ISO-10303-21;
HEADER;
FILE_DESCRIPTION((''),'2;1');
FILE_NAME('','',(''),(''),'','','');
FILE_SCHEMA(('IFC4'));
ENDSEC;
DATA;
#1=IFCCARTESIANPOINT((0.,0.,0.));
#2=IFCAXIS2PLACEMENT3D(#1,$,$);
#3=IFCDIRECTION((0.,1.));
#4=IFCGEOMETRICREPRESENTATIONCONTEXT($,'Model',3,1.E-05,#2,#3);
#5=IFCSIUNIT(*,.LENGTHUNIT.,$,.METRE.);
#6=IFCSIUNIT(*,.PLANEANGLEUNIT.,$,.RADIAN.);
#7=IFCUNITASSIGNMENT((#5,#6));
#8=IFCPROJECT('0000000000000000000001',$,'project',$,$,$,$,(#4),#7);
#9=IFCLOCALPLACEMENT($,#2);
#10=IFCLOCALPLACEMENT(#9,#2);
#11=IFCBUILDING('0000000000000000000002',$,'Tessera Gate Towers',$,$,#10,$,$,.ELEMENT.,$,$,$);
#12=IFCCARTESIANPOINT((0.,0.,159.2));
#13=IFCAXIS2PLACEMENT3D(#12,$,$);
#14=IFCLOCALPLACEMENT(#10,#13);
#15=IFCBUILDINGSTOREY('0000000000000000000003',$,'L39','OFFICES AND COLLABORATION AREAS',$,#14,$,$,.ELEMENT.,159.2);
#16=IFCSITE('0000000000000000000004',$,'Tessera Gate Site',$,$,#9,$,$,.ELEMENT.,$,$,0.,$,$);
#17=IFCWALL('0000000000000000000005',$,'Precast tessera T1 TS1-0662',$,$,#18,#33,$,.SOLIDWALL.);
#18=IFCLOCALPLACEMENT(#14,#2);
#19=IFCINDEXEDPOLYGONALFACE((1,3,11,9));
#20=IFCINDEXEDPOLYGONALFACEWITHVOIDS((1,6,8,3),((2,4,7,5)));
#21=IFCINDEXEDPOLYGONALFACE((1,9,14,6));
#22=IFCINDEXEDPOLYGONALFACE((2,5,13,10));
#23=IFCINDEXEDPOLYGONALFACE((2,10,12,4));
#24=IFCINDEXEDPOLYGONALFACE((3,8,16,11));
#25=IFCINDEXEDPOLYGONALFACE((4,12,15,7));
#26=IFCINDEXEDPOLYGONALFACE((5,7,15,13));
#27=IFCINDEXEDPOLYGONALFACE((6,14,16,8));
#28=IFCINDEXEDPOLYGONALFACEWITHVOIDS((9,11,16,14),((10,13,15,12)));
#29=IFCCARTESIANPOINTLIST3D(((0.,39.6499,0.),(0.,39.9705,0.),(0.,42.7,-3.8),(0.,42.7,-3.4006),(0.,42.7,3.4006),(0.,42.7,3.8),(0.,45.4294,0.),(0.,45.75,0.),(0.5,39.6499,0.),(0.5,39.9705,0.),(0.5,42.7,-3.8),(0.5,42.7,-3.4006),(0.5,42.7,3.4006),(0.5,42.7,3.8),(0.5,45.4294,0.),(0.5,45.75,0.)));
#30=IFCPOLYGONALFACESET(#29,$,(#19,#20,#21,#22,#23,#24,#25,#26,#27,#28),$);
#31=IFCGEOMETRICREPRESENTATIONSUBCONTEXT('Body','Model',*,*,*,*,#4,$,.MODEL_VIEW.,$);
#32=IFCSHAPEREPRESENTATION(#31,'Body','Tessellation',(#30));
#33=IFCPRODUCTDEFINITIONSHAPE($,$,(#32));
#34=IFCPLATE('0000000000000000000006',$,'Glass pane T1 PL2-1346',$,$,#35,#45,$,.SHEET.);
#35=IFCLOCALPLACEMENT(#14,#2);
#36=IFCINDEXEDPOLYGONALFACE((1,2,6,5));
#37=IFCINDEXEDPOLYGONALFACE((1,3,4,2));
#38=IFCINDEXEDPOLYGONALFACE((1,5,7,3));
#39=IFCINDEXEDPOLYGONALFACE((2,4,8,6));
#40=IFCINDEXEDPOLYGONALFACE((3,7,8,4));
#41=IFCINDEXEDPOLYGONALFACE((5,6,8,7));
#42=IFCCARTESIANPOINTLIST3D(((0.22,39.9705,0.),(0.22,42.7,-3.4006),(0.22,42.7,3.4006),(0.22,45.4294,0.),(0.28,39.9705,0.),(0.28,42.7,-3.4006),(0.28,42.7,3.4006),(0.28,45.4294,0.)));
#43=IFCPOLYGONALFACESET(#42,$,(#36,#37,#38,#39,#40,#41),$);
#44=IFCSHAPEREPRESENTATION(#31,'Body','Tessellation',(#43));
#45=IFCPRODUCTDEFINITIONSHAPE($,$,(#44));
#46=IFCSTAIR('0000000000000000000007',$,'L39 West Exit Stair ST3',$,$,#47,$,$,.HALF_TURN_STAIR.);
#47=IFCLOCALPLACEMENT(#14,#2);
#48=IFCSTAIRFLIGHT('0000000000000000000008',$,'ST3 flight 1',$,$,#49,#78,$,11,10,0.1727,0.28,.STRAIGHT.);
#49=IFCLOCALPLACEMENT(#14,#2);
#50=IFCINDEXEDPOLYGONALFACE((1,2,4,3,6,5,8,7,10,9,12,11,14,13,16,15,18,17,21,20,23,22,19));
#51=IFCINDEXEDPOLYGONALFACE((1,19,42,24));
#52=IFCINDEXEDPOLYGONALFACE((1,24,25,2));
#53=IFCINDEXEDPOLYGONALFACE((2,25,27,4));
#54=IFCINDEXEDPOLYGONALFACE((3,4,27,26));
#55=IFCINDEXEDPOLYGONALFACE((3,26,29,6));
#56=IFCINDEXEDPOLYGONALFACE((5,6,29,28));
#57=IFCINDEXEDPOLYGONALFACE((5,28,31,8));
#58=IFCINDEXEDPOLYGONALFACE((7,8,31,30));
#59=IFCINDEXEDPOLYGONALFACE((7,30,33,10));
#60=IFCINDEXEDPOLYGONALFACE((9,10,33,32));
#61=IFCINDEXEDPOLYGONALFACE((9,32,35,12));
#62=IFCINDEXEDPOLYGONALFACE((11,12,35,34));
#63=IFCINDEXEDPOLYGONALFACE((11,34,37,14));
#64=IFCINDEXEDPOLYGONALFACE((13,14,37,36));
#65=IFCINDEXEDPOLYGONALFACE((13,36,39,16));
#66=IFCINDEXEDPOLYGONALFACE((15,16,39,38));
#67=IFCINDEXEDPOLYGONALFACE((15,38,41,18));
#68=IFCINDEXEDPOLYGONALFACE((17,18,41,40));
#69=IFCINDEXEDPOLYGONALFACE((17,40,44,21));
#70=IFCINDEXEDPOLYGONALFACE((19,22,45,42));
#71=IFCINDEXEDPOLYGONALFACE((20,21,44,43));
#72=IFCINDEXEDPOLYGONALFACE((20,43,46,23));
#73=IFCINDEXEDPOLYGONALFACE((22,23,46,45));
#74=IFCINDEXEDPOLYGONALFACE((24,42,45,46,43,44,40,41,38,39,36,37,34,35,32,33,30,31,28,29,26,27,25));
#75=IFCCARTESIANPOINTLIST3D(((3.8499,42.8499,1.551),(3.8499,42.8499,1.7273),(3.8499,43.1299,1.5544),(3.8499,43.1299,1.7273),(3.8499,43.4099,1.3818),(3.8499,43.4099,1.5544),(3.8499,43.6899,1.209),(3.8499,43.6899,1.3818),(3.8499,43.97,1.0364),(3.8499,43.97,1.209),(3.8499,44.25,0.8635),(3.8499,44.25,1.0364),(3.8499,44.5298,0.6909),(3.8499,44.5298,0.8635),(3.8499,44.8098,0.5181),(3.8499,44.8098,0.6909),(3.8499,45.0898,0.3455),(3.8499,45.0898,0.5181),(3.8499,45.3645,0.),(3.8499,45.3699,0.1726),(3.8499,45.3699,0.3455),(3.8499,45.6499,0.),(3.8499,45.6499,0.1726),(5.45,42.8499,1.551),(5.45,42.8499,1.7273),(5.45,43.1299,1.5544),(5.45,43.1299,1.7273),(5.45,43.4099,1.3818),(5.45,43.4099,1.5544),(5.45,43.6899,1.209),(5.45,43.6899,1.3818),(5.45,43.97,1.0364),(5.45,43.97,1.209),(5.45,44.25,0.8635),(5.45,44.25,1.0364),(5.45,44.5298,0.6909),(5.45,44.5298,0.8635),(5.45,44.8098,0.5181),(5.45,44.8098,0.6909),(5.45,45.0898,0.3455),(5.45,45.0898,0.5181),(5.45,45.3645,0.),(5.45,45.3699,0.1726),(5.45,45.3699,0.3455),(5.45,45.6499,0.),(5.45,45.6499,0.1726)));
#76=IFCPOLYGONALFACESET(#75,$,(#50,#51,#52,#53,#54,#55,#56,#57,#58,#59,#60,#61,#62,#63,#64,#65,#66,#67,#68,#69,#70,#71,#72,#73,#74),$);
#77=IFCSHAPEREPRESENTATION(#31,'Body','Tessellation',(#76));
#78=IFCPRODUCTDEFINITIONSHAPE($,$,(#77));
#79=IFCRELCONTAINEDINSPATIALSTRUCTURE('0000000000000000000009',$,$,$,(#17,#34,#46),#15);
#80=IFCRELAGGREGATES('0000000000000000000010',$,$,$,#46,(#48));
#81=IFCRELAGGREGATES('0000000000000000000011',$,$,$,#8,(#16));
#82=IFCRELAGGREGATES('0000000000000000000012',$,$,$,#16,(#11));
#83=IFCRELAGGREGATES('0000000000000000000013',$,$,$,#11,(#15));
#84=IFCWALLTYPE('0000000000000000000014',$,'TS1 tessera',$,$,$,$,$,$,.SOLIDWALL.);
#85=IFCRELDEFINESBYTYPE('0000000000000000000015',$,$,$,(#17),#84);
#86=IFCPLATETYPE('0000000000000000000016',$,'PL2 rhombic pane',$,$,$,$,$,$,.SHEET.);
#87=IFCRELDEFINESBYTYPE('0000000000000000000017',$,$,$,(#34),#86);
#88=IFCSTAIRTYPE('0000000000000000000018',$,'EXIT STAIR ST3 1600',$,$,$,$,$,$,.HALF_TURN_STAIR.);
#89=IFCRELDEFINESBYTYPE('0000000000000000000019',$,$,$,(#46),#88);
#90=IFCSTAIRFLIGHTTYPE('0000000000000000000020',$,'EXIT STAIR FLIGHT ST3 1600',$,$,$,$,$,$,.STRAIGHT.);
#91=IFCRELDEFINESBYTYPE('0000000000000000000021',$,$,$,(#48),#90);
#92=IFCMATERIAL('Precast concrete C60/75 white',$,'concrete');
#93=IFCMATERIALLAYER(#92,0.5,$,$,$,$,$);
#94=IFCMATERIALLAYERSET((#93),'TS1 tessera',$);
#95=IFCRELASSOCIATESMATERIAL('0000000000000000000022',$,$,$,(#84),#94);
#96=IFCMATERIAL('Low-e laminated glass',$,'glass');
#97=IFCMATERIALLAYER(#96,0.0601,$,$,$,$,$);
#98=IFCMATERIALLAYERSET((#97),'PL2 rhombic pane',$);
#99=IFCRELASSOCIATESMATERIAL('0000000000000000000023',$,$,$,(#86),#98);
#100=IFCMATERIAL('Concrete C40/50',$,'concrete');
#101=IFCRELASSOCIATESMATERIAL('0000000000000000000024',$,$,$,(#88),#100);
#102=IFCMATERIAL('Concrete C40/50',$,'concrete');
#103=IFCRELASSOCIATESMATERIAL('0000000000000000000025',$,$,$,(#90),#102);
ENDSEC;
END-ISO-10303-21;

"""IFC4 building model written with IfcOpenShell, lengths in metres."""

from ifc_helpers import new_model, si_unit, direction, frame, origin, place, context, subcontext, project, spatial, polyline, outline, extrude, source, transform, mapped, material, layer, layer_set, type_object, element, fill, aggregate, save


model = new_model("IFC4")

# Units and contexts
model_context = context("Model", 3, precision=1e-05, world=origin(), true_north=direction((0.0, 1.0)))
body_context = subcontext(model_context, "Body", "Model", "MODEL_VIEW")
ifc_project = project(units=[si_unit("LENGTHUNIT", "METRE"), si_unit("PLANEANGLEUNIT", "RADIAN")], contexts=[model_context])

# Site, building, storey
site_placement = place(None, origin())
site = spatial("IfcSite", under=ifc_project, at=site_placement, Name="Tessera Gate Site", CompositionType="ELEMENT", RefElevation=0.0)
building_placement = place(site_placement, origin())
building = spatial("IfcBuilding", under=site, at=building_placement, Name="Tessera Gate Towers", CompositionType="ELEMENT")
storey_placement = place(building_placement, frame((0.0, 0.0, 159.2)))
storey = spatial("IfcBuildingStorey", under=building, at=storey_placement, Name="L39", Description="OFFICES AND COLLABORATION AREAS", CompositionType="ELEMENT", Elevation=159.2)

# Wall, opening, plate
ifc_material_1 = material(Name="Precast concrete C60/75 white", Category="concrete")
ifc_layer_1 = layer(ifc_material_1, 0.5)
ifc_layer_set_1 = layer_set([ifc_layer_1], Name="TS1 tessera")
wall_type_1 = type_object("IfcWallType", Name="TS1 tessera", PredefinedType="SOLIDWALL", material=ifc_layer_set_1)
shared_shape_1 = source(origin(), body_context, "Body", "SweptSolid", [
    extrude(outline(polyline([(3.05, 0.0), (6.1001, 3.8), (3.05, 7.6001), (0.0, 3.8), (3.05, 0.0)])), frame((0.0, 0.25, 0.0), z_axis=(0.0, -1.0, 0.0), x_axis=(1.0, 0.0, 0.0)), (0.0, 0.0, 1.0), 0.5),
])
wall_1_placement = place(storey_placement, frame((0.25, 45.75, -3.8), z_axis=(0.0, 0.0, 1.0), x_axis=(0.0, -1.0, 0.0)))
wall_1 = element("IfcWall", 1, at=wall_1_placement, inside=storey, type_object=wall_type_1, Name="Precast tessera T1 TS1-0662", PredefinedType="SOLIDWALL", context=body_context, shape_type="MappedRepresentation", body=[
    mapped(shared_shape_1, transform((0.0, 0.0, 0.0), scale=1.0)),
])
shared_shape_2 = source(origin(), body_context, "Body", "SweptSolid", [
    extrude(outline(polyline([(3.05, 0.3994), (5.7795, 3.8), (3.05, 7.2007), (0.3206, 3.8), (3.05, 0.3994)])), frame((0.0, 0.26, 0.0), z_axis=(0.0, -1.0, 0.0), x_axis=(1.0, 0.0, 0.0)), (0.0, 0.0, 1.0), 0.52),
])
opening_1_placement = place(wall_1_placement, origin())
opening_1 = element("IfcOpeningElement", 2, at=opening_1_placement, cuts=wall_1, PredefinedType="OPENING", context=body_context, shape_type="MappedRepresentation", body=[
    mapped(shared_shape_2, transform((0.0, 0.0, 0.0), scale=1.0)),
])
ifc_material_2 = material(Name="Low-e laminated glass", Category="glass")
ifc_layer_2 = layer(ifc_material_2, 0.0601)
ifc_layer_set_2 = layer_set([ifc_layer_2], Name="PL2 rhombic pane")
plate_type = type_object("IfcPlateType", Name="PL2 rhombic pane", PredefinedType="SHEET", material=ifc_layer_set_2)
shared_shape_3 = source(origin(), body_context, "Body", "SweptSolid", [
    extrude(outline(polyline([(3.05, 0.3994), (5.7795, 3.8), (3.05, 7.2007), (0.3206, 3.8), (3.05, 0.3994)])), frame((0.0, 0.03, 0.0), z_axis=(0.0, -1.0, 0.0), x_axis=(1.0, 0.0, 0.0)), (0.0, 0.0, 1.0), 0.0601),
])
plate_placement = place(opening_1_placement, origin())
plate = element("IfcPlate", 3, at=plate_placement, inside=storey, type_object=plate_type, Name="Glass pane T1 PL2-1346", PredefinedType="SHEET", context=body_context, shape_type="MappedRepresentation", body=[
    mapped(shared_shape_3, transform((0.0, 0.0, 0.0), scale=1.0)),
])
fill(opening_1, plate)

# Stair, stair flight
ifc_material_3 = material(Name="Concrete C40/50", Category="concrete")
stair_type = type_object("IfcStairType", Name="EXIT STAIR ST3 1600", PredefinedType="HALF_TURN_STAIR", material=ifc_material_3)
stair_placement = place(storey_placement, origin())
stair = element("IfcStair", 4, at=stair_placement, inside=storey, type_object=stair_type, Name="L39 West Exit Stair ST3", PredefinedType="HALF_TURN_STAIR")
ifc_material_4 = material(Name="Concrete C40/50", Category="concrete")
stair_flight_type = type_object("IfcStairFlightType", Name="EXIT STAIR FLIGHT ST3 1600", PredefinedType="STRAIGHT", material=ifc_material_4)
stair_flight_placement = place(storey_placement, frame((4.6499, 45.6499, 0.0), z_axis=(0.0, 0.0, 1.0), x_axis=(0.0, -1.0, 0.0)))
stair_flight = element("IfcStairFlight", 5, at=stair_flight_placement, type_object=stair_flight_type, Name="ST3 flight 1", NumberOfRisers=11, NumberOfTreads=10, PredefinedType="STRAIGHT", RiserHeight=0.1727, TreadLength=0.28, context=body_context, shape_type="SweptSolid", body=[
    extrude(outline(polyline([(0.0, 0.0), (0.0, 0.1726), (0.28, 0.1726), (0.28, 0.3455), (0.5601, 0.3455), (0.5601, 0.5181), (0.8401, 0.5181), (0.8401, 0.6909), (1.1201, 0.6909), (1.1201, 0.8635), (1.3999, 0.8635), (1.3999, 1.0364), (1.6799, 1.0364), (1.6799, 1.209), (1.96, 1.209), (1.96, 1.3818), (2.24, 1.3818), (2.24, 1.5544), (2.52, 1.5544), (2.52, 1.7273), (2.8, 1.7273), (2.8, 1.8999), (2.8, 1.551), (0.2854, 0.0), (0.0, 0.0)])), frame((0.0, 0.8, 0.0), z_axis=(0.0, -1.0, 0.0), x_axis=(1.0, 0.0, 0.0)), (0.0, 0.0, 1.0), 1.6001),
])
aggregate(stair, [stair_flight])

save(model, "model.ifc")
